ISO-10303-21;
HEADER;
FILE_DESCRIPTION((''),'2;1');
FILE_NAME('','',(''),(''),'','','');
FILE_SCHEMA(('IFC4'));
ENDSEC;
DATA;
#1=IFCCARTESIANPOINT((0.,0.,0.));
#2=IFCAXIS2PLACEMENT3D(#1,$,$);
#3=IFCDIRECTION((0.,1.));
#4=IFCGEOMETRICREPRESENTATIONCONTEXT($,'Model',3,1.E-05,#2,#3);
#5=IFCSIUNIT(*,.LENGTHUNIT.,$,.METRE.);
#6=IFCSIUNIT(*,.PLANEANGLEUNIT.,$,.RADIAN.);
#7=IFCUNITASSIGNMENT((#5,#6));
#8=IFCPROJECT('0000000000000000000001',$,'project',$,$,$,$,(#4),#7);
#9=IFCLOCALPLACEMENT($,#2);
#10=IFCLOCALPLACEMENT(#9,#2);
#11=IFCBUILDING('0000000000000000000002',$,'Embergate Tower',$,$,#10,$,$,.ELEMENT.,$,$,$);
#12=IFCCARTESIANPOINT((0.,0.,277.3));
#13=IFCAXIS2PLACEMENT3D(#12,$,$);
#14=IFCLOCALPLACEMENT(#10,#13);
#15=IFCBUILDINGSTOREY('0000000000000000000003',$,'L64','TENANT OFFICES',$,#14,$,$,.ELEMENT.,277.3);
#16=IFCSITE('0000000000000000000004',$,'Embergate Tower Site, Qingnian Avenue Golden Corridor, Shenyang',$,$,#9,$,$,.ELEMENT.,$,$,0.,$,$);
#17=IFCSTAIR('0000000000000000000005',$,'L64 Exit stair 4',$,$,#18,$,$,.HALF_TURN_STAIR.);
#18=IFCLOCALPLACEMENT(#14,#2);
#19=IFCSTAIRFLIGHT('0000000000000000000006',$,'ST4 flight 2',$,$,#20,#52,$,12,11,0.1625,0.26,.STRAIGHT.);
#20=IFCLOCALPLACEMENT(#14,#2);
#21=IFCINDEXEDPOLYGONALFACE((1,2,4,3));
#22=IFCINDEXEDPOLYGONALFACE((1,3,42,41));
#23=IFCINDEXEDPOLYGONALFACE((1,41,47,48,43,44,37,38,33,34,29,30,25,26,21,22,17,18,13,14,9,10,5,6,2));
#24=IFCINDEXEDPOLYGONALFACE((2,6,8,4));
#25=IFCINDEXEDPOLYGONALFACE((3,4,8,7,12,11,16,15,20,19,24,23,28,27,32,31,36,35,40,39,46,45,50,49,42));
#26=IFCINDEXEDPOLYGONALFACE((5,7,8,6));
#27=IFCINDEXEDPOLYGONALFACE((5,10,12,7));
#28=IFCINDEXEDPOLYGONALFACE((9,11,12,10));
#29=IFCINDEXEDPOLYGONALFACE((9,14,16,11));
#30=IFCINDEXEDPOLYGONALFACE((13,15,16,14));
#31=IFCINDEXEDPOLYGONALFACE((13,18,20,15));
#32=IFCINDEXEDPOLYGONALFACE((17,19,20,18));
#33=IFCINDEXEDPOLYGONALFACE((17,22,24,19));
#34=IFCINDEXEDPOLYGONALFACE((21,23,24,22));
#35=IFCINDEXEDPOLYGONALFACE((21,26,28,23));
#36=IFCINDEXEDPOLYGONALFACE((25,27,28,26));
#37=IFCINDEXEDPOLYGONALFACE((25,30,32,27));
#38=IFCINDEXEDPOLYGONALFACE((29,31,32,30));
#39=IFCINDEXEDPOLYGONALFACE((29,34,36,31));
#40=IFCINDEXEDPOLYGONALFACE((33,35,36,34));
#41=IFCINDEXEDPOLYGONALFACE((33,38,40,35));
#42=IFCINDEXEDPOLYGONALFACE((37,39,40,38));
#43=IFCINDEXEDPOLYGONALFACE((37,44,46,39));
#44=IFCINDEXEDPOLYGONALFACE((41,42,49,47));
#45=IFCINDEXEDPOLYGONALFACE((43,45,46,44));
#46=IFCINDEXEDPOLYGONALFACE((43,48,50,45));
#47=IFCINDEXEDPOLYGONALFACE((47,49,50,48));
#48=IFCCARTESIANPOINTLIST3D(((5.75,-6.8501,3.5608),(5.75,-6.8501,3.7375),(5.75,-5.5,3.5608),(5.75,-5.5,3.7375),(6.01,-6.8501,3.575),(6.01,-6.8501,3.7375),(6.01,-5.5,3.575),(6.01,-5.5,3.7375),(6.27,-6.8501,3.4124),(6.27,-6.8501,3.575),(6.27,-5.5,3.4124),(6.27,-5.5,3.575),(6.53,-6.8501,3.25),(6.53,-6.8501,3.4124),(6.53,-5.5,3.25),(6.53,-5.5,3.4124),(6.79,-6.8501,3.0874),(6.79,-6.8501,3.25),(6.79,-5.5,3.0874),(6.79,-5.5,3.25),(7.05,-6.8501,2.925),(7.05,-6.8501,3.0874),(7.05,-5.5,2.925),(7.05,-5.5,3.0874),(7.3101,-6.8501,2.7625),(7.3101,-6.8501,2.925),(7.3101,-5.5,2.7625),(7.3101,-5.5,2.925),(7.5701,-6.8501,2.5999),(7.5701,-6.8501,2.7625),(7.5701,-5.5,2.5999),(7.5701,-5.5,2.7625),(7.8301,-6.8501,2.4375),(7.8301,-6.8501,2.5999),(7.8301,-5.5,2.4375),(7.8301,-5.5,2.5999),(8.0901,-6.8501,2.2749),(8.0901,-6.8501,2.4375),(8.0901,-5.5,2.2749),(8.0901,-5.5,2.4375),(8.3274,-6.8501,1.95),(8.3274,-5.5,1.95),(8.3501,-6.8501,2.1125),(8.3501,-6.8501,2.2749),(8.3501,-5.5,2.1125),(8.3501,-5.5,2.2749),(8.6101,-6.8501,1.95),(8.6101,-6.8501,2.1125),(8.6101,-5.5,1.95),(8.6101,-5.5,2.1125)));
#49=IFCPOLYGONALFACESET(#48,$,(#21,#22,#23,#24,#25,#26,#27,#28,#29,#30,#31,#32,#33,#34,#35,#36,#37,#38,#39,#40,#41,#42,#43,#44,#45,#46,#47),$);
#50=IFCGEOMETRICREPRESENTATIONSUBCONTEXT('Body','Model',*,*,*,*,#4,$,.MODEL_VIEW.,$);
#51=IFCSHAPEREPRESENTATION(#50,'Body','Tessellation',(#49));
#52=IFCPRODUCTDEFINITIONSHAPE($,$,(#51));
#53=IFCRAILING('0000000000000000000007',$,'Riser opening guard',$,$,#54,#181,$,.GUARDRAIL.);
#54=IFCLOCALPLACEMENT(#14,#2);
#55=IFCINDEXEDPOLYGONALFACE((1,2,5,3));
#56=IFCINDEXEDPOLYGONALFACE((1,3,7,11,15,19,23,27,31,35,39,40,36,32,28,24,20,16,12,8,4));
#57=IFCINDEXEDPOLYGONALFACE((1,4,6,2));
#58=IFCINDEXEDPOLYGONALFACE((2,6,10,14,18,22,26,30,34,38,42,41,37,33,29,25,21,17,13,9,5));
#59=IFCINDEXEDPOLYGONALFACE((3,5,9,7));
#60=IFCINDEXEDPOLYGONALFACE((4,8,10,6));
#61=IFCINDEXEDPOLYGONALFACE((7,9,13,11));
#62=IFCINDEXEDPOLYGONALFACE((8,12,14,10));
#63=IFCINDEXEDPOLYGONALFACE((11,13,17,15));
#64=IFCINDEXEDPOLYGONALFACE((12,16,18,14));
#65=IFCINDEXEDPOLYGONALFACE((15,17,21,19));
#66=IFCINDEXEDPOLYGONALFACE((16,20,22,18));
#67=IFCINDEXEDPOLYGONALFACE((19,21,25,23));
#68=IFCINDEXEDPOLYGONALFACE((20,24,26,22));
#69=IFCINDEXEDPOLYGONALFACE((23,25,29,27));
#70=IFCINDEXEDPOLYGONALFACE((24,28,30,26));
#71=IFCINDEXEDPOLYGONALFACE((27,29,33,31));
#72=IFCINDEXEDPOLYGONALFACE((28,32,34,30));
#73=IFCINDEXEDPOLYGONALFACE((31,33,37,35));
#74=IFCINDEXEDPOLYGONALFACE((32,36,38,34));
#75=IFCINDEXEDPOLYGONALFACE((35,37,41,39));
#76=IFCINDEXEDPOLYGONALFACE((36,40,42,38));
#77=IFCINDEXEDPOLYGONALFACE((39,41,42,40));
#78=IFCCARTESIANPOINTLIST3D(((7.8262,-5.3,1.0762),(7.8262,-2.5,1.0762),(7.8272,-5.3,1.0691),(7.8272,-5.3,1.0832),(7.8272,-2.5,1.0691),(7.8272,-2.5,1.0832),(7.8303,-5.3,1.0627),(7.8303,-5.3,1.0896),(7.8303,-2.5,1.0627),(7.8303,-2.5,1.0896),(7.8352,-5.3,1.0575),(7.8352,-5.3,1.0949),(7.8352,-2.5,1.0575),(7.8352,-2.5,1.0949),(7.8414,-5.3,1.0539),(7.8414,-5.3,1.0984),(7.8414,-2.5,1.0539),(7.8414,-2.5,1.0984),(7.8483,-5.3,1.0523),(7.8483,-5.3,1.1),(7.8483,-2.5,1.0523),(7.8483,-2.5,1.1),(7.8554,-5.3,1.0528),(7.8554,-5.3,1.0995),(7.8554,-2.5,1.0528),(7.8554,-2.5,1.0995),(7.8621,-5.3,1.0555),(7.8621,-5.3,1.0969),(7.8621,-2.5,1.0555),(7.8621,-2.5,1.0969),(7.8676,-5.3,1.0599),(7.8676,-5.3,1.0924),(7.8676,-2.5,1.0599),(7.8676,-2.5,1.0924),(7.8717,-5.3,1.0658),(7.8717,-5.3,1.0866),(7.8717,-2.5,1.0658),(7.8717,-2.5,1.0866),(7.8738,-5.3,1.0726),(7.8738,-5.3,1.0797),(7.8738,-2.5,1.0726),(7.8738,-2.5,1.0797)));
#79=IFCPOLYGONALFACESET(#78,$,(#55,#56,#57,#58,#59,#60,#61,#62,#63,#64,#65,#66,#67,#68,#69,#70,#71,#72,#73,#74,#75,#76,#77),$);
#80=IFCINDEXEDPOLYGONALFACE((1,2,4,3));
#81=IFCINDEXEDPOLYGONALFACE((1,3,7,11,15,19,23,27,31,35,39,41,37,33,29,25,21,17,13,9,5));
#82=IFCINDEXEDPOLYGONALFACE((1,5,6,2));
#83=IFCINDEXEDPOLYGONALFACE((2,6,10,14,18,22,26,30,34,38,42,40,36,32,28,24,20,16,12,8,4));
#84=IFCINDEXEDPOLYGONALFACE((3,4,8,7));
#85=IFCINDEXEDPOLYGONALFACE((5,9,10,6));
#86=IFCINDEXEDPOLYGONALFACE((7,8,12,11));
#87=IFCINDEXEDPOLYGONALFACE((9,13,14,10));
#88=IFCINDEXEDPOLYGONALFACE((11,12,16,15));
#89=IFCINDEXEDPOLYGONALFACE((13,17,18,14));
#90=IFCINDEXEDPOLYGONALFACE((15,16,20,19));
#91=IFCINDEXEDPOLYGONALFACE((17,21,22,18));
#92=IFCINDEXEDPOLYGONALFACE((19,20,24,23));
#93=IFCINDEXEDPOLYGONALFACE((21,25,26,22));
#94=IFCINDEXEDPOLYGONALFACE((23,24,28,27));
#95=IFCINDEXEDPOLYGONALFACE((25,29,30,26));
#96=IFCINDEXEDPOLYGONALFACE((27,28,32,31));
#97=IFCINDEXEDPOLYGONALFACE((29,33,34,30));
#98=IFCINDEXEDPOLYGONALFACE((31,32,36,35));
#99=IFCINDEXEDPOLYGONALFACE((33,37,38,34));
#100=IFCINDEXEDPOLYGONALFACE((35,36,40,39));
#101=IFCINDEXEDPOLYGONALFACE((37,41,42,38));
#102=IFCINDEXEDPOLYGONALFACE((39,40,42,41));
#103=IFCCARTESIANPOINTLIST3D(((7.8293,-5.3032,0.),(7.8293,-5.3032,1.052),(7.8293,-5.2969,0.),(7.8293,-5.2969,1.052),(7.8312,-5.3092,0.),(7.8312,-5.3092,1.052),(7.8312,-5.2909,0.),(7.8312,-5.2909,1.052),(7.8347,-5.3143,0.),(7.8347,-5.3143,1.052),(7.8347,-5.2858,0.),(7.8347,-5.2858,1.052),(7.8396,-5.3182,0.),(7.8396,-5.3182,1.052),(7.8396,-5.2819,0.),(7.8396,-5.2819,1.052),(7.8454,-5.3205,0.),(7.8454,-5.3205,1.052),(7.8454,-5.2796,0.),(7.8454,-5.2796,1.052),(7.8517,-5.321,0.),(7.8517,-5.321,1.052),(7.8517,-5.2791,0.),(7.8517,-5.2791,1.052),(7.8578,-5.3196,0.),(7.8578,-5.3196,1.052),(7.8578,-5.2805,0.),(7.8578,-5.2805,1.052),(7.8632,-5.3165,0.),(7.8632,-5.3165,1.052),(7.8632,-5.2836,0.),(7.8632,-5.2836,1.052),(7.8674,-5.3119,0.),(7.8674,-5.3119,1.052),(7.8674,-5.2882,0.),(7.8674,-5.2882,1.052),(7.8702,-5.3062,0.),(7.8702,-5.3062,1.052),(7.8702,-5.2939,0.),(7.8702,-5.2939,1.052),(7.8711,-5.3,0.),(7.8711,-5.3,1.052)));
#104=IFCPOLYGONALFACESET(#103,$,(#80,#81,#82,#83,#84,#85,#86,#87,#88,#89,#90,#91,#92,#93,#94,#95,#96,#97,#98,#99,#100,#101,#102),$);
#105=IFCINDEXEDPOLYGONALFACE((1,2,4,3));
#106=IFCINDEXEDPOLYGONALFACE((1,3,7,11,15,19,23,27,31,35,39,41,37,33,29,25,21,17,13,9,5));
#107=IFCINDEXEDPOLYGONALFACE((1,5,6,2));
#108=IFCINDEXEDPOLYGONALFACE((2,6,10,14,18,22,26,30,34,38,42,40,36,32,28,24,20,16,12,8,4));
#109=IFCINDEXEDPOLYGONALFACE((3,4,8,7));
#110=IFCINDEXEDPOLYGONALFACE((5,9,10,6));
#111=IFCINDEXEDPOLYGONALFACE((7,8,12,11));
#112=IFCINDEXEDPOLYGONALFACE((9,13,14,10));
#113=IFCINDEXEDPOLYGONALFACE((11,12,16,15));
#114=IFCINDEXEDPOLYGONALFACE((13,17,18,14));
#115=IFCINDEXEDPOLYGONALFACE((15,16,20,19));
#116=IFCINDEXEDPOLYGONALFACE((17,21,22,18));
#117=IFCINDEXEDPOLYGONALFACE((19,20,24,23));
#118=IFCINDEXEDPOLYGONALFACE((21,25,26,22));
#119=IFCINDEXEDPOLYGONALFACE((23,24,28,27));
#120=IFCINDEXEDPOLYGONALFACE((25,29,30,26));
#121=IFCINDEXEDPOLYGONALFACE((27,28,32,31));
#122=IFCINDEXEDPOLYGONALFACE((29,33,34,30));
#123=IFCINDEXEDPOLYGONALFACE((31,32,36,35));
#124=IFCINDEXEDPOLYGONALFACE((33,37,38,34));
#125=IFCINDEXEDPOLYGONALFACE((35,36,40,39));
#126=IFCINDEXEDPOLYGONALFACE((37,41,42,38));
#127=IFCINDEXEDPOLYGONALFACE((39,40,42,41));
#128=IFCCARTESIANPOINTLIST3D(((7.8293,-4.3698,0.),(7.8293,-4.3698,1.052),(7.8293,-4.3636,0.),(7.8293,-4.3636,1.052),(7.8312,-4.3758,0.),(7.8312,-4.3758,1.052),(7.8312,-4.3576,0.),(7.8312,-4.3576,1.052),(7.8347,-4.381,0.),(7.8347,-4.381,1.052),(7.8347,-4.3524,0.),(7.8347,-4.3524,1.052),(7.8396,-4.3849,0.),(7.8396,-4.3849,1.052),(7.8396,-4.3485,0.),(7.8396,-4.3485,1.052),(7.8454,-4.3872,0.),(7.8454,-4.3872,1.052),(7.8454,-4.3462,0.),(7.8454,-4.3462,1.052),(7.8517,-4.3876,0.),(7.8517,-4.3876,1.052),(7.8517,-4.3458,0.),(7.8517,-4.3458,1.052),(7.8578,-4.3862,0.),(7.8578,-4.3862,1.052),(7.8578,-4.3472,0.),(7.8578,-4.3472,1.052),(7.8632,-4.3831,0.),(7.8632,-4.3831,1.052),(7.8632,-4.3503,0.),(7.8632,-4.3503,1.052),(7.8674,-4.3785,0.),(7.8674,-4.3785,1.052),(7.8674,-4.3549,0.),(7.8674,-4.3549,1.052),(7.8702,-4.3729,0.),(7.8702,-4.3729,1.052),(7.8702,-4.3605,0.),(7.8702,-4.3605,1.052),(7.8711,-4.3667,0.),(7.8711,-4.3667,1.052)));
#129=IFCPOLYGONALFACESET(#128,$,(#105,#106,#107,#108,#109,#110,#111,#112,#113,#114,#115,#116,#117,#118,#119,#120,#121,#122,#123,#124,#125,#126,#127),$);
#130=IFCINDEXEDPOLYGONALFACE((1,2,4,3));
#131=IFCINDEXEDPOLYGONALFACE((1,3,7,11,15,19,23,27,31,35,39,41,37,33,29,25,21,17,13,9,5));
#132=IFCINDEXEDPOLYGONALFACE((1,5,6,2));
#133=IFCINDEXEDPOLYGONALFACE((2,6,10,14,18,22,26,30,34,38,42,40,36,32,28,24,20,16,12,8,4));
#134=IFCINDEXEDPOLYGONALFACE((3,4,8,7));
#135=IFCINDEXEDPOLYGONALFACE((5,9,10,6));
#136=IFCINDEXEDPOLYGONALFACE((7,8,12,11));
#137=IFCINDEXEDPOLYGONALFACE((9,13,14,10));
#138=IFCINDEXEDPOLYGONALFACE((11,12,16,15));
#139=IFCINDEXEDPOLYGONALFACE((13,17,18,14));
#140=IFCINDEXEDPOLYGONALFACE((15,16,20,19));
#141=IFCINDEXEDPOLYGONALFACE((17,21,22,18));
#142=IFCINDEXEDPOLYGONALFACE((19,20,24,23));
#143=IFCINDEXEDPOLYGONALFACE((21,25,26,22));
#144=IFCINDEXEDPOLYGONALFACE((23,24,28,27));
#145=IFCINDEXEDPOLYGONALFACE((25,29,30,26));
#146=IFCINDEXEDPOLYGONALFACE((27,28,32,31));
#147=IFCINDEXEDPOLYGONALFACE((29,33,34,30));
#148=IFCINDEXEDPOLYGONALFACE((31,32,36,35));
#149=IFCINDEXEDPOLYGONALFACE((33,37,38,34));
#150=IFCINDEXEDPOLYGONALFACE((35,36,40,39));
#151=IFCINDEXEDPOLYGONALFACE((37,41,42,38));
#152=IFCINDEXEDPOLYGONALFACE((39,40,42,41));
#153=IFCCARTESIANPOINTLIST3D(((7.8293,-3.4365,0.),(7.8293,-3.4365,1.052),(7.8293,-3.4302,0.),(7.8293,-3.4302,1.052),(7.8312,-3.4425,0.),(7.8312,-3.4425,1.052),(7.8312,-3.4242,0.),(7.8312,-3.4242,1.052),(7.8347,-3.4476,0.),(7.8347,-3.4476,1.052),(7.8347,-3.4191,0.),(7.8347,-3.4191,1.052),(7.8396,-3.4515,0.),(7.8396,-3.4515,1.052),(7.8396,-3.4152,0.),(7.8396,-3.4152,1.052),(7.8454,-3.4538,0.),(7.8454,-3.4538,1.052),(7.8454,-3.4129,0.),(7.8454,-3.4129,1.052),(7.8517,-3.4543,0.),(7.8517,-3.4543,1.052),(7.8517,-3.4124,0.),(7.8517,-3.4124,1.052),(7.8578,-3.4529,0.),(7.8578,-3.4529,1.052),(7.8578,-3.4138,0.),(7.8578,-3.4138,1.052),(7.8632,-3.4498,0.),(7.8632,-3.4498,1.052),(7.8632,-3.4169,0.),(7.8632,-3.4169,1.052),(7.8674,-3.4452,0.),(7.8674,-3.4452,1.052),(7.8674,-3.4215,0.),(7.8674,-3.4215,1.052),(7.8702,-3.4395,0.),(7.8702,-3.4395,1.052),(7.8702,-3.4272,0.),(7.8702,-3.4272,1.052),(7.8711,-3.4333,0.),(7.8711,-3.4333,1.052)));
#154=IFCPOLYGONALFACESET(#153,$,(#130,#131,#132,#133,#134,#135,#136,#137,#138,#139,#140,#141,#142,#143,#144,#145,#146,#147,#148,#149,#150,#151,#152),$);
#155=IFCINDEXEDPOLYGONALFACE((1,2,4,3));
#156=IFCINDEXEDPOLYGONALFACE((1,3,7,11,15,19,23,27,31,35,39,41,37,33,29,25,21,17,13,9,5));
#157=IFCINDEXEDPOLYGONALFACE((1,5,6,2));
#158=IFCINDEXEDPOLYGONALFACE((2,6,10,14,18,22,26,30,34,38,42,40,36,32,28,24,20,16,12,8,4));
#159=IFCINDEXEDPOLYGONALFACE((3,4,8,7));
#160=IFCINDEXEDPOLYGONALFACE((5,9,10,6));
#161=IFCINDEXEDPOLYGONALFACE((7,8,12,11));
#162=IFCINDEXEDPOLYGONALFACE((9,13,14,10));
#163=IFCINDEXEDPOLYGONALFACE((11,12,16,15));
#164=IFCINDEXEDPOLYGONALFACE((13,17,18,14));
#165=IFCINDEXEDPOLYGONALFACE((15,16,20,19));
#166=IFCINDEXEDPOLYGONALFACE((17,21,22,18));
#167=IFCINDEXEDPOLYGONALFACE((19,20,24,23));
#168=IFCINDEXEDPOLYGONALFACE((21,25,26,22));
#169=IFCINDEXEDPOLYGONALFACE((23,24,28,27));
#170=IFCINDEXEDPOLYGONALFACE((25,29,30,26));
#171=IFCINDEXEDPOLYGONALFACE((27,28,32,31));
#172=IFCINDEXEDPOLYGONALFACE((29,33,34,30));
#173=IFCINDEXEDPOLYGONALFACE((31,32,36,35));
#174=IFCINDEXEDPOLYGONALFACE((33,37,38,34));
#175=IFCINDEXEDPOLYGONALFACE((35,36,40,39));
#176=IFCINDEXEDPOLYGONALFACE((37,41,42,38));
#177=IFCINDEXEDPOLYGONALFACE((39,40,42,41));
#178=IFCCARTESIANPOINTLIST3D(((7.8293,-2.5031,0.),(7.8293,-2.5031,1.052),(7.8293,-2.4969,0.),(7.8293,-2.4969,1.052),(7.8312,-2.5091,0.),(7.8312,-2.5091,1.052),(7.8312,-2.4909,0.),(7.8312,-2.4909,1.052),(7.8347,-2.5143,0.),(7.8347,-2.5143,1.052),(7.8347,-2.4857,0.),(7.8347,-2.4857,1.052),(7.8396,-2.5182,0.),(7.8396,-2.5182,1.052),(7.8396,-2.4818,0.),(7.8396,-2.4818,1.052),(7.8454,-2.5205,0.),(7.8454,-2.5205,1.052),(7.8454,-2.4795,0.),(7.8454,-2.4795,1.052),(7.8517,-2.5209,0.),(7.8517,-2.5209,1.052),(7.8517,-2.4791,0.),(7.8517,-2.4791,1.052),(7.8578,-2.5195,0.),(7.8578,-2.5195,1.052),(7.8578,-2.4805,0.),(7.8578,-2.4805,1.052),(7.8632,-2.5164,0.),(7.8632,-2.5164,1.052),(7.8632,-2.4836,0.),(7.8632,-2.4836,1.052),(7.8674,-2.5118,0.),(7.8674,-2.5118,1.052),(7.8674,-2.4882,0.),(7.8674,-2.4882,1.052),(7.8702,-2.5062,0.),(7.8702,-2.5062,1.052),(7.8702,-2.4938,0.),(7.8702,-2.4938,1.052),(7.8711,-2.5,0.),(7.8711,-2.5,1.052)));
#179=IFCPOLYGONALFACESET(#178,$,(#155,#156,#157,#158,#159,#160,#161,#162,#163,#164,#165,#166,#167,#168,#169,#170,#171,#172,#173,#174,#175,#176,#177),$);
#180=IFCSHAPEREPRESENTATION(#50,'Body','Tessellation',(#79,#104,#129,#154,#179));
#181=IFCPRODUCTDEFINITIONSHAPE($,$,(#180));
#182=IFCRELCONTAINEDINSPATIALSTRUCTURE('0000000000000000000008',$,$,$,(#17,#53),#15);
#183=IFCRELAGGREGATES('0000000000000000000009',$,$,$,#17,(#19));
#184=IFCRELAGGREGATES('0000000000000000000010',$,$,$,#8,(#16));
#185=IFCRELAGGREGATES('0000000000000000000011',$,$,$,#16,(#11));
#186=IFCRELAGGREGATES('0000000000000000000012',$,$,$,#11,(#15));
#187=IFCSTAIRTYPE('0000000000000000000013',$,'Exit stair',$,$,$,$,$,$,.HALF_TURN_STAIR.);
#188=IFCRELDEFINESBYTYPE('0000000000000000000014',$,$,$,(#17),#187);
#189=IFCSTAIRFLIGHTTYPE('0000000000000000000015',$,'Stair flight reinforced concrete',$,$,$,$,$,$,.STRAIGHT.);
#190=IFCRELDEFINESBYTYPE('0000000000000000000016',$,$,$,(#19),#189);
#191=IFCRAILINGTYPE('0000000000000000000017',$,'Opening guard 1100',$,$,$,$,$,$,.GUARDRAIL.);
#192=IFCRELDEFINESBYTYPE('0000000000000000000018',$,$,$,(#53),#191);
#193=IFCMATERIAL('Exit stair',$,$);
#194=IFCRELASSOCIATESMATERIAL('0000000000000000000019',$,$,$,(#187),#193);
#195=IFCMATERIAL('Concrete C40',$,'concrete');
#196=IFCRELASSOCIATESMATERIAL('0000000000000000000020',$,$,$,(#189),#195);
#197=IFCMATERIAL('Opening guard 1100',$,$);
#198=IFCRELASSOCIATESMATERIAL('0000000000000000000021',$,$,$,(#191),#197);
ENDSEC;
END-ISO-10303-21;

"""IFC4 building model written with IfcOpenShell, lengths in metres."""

from ifc_helpers import new_model, si_unit, direction, frame, origin, origin_2d, place, context, subcontext, project, spatial, polyline, circle, outline, extrude, source, transform, mapped, material, type_object, element, aggregate, save


model = new_model("IFC4")

# Units and contexts
model_context = context("Model", 3, precision=1e-05, world=origin(), true_north=direction((0.0, 1.0)))
body_context = subcontext(model_context, "Body", "Model", "MODEL_VIEW")
ifc_project = project(units=[si_unit("LENGTHUNIT", "METRE"), si_unit("PLANEANGLEUNIT", "RADIAN")], contexts=[model_context])

# Site, building, storey
site_placement = place(None, origin())
site = spatial("IfcSite", under=ifc_project, at=site_placement, Name="Embergate Tower Site, Qingnian Avenue Golden Corridor, Shenyang", CompositionType="ELEMENT", RefElevation=0.0)
building_placement = place(site_placement, origin())
building = spatial("IfcBuilding", under=site, at=building_placement, Name="Embergate Tower", CompositionType="ELEMENT")
storey_placement = place(building_placement, frame((0.0, 0.0, 277.3)))
storey = spatial("IfcBuildingStorey", under=building, at=storey_placement, Name="L64", Description="TENANT OFFICES", CompositionType="ELEMENT", Elevation=277.3)

# Stair
ifc_material_1 = material(Name="Exit stair")
stair_type = type_object("IfcStairType", Name="Exit stair", PredefinedType="HALF_TURN_STAIR", material=ifc_material_1)
stair_placement = place(storey_placement, origin())
stair = element("IfcStair", 1, at=stair_placement, inside=storey, type_object=stair_type, Name="L64 Exit stair 4", PredefinedType="HALF_TURN_STAIR")
ifc_material_2 = material(Name="Concrete C40", Category="concrete")

# Stair flight
stair_flight_type = type_object("IfcStairFlightType", Name="Stair flight reinforced concrete", PredefinedType="STRAIGHT", material=ifc_material_2)
shared_shape_1 = source(origin(), body_context, "Body", "SweptSolid", [
    extrude(outline(polyline([(0.0, 0.0), (0.0, 0.1626), (0.26, 0.1626), (0.26, 0.325), (0.52, 0.325), (0.52, 0.4875), (0.78, 0.4875), (0.78, 0.6499), (1.04, 0.6499), (1.04, 0.8125), (1.3, 0.8125), (1.3, 0.9751), (1.5601, 0.9751), (1.5601, 1.1375), (1.8201, 1.1375), (1.8201, 1.3), (2.0801, 1.3), (2.0801, 1.4624), (2.3401, 1.4624), (2.3401, 1.625), (2.6001, 1.625), (2.6001, 1.7876), (2.8601, 1.7876), (2.8601, 1.95), (2.8601, 1.6108), (0.2827, 0.0), (0.0, 0.0)])), frame((0.0, 0.675, 0.0), z_axis=(0.0, -1.0, 0.0), x_axis=(1.0, 0.0, 0.0)), (0.0, 0.0, 1.0), 1.3501),
])
stair_flight_placement = place(storey_placement, frame((8.6101, -6.175, 1.95), z_axis=(0.0, 0.0, 1.0), x_axis=(-1.0, 0.0, 0.0)))
stair_flight = element("IfcStairFlight", 2, at=stair_flight_placement, type_object=stair_flight_type, Name="ST4 flight 2", NumberOfRisers=12, NumberOfTreads=11, PredefinedType="STRAIGHT", RiserHeight=0.1625, TreadLength=0.26, context=body_context, shape_type="MappedRepresentation", body=[
    mapped(shared_shape_1, transform((0.0, 0.0, 0.0))),
])
aggregate(stair, [stair_flight])

# Railing
ifc_material_3 = material(Name="Opening guard 1100")
railing_type = type_object("IfcRailingType", Name="Opening guard 1100", PredefinedType="GUARDRAIL", material=ifc_material_3)
shared_shape_2 = source(origin(), body_context, "Body", "SweptSolid", [
    extrude(circle(Radius=0.0239, at=origin_2d()), frame((0.0, 0.0, 1.0762), z_axis=(0.0, 1.0, 0.0), x_axis=(-1.0, 0.0, 0.0)), (0.0, 0.0, 1.0), 2.8),
    extrude(circle(Radius=0.021, at=origin_2d()), origin(), (0.0, 0.0, 1.0), 1.052),
    extrude(circle(Radius=0.021, at=origin_2d()), frame((0.0, 0.9333, 0.0)), (0.0, 0.0, 1.0), 1.052),
    extrude(circle(Radius=0.021, at=origin_2d()), frame((0.0, 1.8667, 0.0)), (0.0, 0.0, 1.0), 1.052),
    extrude(circle(Radius=0.021, at=origin_2d()), frame((0.0, 2.8, 0.0)), (0.0, 0.0, 1.0), 1.052),
])
railing_1_placement = place(storey_placement, frame((7.8501, -5.3, 0.0)))
element("IfcRailing", 3, at=railing_1_placement, inside=storey, type_object=railing_type, Name="Riser opening guard", PredefinedType="GUARDRAIL", context=body_context, shape_type="MappedRepresentation", body=[
    mapped(shared_shape_2, transform((0.0, 0.0, 0.0))),
])

save(model, "model.ifc")
